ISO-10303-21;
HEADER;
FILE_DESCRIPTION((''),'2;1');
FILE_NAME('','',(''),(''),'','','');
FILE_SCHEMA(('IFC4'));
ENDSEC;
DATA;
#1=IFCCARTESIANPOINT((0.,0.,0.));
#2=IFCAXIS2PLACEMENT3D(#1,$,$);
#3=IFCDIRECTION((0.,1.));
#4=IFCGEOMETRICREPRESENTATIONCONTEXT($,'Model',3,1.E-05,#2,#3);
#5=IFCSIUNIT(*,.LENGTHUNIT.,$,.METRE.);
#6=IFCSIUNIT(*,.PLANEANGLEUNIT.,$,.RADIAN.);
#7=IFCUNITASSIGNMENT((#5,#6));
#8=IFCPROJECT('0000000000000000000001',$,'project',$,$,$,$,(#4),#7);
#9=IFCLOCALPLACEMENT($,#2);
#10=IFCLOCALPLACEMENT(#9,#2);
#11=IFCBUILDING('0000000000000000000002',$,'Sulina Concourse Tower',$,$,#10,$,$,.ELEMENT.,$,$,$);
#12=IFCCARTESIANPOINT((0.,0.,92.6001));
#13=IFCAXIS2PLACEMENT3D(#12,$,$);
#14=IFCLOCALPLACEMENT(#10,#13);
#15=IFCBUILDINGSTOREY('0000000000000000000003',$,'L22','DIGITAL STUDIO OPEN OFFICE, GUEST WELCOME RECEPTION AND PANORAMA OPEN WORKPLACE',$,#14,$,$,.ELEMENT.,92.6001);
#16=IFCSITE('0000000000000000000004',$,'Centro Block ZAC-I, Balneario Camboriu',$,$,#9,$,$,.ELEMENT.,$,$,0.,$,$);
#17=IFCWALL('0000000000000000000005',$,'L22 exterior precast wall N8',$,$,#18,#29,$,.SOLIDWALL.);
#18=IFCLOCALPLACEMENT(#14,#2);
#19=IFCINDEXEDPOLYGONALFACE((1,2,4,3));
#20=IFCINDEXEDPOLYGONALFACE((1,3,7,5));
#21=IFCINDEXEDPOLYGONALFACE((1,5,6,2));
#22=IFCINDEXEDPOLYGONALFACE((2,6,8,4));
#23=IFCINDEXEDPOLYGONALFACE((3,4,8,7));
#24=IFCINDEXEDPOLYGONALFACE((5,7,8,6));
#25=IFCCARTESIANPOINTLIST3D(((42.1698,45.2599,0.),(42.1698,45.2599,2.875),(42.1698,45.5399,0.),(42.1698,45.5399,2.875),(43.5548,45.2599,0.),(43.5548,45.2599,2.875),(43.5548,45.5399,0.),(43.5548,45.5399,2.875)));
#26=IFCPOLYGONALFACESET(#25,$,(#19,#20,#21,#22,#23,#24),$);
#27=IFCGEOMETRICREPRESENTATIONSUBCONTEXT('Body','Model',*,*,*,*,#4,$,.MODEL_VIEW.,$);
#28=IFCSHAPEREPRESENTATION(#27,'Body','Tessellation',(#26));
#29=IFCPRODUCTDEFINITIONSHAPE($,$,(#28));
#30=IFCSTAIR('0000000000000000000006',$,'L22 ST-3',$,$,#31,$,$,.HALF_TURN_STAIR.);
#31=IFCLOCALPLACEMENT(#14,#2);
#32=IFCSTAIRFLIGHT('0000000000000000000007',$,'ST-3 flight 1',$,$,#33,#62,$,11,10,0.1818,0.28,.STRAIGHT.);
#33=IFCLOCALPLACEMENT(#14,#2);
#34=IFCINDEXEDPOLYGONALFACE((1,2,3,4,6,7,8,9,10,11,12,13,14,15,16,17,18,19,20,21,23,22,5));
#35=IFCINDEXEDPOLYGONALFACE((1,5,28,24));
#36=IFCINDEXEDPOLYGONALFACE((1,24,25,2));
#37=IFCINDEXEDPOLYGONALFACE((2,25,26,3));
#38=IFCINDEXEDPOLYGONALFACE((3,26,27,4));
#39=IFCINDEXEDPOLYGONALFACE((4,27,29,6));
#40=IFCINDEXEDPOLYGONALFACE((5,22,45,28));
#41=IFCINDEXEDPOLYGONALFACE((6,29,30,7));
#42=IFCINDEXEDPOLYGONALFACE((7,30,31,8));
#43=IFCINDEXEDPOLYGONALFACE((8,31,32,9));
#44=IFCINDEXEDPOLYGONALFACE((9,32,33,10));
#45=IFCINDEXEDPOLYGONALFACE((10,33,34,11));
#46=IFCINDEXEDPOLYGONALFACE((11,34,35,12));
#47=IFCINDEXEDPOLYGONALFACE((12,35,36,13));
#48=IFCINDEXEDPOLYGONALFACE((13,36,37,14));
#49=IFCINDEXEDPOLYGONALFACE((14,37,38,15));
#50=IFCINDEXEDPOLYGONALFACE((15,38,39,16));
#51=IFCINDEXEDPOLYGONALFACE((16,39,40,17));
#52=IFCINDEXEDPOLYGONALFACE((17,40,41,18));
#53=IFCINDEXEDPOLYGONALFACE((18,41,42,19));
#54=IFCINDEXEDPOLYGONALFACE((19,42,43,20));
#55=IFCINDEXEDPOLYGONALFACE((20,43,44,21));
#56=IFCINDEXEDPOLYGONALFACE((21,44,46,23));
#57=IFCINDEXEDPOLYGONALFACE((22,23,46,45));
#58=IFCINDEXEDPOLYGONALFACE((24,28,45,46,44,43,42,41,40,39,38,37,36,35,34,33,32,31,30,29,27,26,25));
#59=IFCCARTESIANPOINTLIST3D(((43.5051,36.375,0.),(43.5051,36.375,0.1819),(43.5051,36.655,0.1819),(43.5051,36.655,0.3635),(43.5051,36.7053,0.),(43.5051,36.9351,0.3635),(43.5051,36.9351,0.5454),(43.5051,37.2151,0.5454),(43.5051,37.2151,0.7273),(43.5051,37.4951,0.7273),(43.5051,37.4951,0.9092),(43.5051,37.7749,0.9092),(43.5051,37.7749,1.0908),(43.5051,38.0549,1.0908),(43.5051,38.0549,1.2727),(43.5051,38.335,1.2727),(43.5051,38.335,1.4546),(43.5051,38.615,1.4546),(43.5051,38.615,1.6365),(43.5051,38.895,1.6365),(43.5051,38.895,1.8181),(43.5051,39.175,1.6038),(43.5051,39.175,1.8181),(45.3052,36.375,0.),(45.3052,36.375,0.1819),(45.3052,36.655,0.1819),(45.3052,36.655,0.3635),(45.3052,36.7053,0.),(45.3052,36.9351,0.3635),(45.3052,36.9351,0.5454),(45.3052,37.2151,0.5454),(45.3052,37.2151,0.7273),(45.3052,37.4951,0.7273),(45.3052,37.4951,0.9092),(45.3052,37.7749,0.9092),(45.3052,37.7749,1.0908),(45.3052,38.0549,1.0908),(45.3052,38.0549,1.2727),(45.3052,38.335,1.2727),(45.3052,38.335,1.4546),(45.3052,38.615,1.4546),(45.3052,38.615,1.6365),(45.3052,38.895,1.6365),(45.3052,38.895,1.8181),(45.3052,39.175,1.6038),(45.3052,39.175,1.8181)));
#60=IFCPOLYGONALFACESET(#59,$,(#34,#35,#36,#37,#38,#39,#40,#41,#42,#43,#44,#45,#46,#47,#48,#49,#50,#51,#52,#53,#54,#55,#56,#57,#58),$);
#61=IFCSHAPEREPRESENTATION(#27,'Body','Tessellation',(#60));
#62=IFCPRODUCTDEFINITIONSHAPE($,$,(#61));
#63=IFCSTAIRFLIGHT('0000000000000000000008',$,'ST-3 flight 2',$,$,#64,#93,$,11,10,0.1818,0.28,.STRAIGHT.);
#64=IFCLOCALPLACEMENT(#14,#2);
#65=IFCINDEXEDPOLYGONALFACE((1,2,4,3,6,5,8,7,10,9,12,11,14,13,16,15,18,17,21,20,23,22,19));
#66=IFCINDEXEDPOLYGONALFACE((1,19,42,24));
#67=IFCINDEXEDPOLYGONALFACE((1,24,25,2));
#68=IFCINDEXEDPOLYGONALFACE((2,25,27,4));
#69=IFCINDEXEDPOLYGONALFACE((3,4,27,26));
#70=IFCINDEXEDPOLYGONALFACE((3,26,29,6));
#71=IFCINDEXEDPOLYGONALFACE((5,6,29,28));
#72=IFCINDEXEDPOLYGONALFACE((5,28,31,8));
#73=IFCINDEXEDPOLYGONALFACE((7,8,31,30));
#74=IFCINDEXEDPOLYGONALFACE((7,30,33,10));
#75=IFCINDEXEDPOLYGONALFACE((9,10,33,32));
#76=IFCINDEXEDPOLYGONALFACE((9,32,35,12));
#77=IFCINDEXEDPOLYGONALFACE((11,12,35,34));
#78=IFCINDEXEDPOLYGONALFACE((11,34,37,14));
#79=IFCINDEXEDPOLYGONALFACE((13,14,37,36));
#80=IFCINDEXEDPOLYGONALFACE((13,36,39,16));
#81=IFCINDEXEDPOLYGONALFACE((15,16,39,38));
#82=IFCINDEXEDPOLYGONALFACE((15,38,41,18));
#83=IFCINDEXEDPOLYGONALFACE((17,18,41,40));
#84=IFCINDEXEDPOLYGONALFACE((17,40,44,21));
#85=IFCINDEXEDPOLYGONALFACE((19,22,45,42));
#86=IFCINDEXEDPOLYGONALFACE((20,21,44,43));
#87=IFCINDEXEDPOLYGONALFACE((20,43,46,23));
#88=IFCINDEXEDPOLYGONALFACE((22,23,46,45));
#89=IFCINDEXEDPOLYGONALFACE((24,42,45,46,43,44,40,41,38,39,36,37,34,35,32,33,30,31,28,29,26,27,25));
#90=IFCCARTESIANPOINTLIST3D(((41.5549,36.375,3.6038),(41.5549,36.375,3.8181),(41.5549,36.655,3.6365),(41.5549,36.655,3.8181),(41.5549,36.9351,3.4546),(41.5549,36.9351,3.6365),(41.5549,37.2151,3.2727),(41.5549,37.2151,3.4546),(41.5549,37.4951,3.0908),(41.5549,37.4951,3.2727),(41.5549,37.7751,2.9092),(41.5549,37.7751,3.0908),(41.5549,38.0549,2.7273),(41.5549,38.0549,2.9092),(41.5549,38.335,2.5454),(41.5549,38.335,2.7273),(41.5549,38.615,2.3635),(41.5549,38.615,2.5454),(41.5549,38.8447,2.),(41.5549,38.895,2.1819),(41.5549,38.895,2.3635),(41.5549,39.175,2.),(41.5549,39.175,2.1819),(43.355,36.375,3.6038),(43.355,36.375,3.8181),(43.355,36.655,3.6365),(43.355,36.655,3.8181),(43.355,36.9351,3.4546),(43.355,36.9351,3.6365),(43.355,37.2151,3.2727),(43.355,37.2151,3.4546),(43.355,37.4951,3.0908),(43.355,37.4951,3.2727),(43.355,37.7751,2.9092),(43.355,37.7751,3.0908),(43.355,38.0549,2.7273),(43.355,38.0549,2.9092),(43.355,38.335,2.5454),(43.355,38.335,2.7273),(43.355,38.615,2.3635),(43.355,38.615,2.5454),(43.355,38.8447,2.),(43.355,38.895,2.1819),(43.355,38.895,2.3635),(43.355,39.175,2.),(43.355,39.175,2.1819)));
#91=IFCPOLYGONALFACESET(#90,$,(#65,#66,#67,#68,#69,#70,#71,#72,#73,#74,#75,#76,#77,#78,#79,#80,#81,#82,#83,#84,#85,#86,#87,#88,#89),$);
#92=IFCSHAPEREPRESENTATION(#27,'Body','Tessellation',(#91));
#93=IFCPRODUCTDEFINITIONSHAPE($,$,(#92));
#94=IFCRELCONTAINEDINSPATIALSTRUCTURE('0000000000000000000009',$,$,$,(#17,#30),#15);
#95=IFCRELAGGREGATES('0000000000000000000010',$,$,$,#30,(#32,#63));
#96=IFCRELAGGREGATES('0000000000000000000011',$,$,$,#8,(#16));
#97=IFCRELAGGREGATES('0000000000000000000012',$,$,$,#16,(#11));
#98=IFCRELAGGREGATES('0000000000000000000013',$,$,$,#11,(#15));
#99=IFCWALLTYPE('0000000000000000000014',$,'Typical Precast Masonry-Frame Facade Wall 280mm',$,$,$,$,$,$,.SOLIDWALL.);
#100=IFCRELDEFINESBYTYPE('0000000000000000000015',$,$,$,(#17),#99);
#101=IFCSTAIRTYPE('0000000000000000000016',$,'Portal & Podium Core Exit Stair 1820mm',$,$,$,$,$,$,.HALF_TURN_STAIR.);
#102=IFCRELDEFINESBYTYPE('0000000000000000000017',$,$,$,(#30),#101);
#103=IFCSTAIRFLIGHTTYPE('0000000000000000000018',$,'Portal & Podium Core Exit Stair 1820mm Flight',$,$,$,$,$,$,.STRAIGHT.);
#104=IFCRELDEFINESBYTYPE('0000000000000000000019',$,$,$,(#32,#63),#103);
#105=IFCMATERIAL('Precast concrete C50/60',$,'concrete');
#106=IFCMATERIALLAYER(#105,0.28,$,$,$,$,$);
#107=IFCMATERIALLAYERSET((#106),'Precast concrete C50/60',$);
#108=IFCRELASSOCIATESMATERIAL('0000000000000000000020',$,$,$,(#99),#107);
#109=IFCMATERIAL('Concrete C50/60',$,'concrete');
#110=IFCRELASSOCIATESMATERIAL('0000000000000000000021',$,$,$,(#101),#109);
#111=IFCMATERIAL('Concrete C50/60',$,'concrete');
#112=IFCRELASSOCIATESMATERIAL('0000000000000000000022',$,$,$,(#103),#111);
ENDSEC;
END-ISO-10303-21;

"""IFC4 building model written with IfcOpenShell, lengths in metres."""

from ifc_helpers import new_model, si_unit, direction, frame, frame_2d, origin, place, context, subcontext, project, spatial, polyline, rectangle, outline, extrude, material, layer, layer_set, type_object, element, aggregate, save


model = new_model("IFC4")

# Units and contexts
model_context = context("Model", 3, precision=1e-05, world=origin(), true_north=direction((0.0, 1.0)))
body_context = subcontext(model_context, "Body", "Model", "MODEL_VIEW")
ifc_project = project(units=[si_unit("LENGTHUNIT", "METRE"), si_unit("PLANEANGLEUNIT", "RADIAN")], contexts=[model_context])

# Site, building, storey
site_placement = place(None, origin())
site = spatial("IfcSite", under=ifc_project, at=site_placement, Name="Centro Block ZAC-I, Balneario Camboriu", CompositionType="ELEMENT", RefElevation=0.0)
building_placement = place(site_placement, origin())
building = spatial("IfcBuilding", under=site, at=building_placement, Name="Sulina Concourse Tower", CompositionType="ELEMENT")
storey_placement = place(building_placement, frame((0.0, 0.0, 92.6001)))
storey = spatial("IfcBuildingStorey", under=building, at=storey_placement, Name="L22", Description="DIGITAL STUDIO OPEN OFFICE, GUEST WELCOME RECEPTION AND PANORAMA OPEN WORKPLACE", CompositionType="ELEMENT", Elevation=92.6001)

# Wall
ifc_material_1 = material(Name="Precast concrete C50/60", Category="concrete")
ifc_layer_1 = layer(ifc_material_1, 0.28)
ifc_layer_set_1 = layer_set([ifc_layer_1], Name="Precast concrete C50/60")
wall_type_1 = type_object("IfcWallType", Name="Typical Precast Masonry-Frame Facade Wall 280mm", PredefinedType="SOLIDWALL", material=ifc_layer_set_1)
wall_1_placement = place(storey_placement, frame((42.1699, 45.3999, 0.0), z_axis=(0.0, 0.0, 1.0), x_axis=(1.0, 0.0, 0.0)))
element("IfcWall", 1, at=wall_1_placement, inside=storey, type_object=wall_type_1, Name="L22 exterior precast wall N8", PredefinedType="SOLIDWALL", context=body_context, shape_type="SweptSolid", body=[
    extrude(rectangle(XDim=1.385, YDim=0.28, at=frame_2d((0.6924, 0.0))), origin(), (0.0, 0.0, 1.0), 2.875),
])

# Stair, stair flights
ifc_material_2 = material(Name="Concrete C50/60", Category="concrete")
stair_type = type_object("IfcStairType", Name="Portal & Podium Core Exit Stair 1820mm", PredefinedType="HALF_TURN_STAIR", material=ifc_material_2)
stair_placement = place(storey_placement, origin())
stair = element("IfcStair", 2, at=stair_placement, inside=storey, type_object=stair_type, Name="L22 ST-3", PredefinedType="HALF_TURN_STAIR")
ifc_material_3 = material(Name="Concrete C50/60", Category="concrete")
stair_flight_type = type_object("IfcStairFlightType", Name="Portal & Podium Core Exit Stair 1820mm Flight", PredefinedType="STRAIGHT", material=ifc_material_3)
stair_flight_1_placement = place(storey_placement, frame((44.405, 36.375, 0.0), z_axis=(0.0, 0.0, 1.0), x_axis=(0.0, 1.0, 0.0)))
stair_flight_1 = element("IfcStairFlight", 3, at=stair_flight_1_placement, type_object=stair_flight_type, Name="ST-3 flight 1", NumberOfRisers=11, NumberOfTreads=10, PredefinedType="STRAIGHT", RiserHeight=0.1818, TreadLength=0.28, context=body_context, shape_type="SweptSolid", body=[
    extrude(outline(polyline([(0.0, 0.0), (0.0, 0.1819), (0.28, 0.1819), (0.28, 0.3635), (0.5601, 0.3635), (0.5601, 0.5454), (0.8401, 0.5454), (0.8401, 0.7273), (1.1201, 0.7273), (1.1201, 0.9092), (1.3999, 0.9092), (1.3999, 1.0908), (1.6799, 1.0908), (1.6799, 1.2727), (1.96, 1.2727), (1.96, 1.4546), (2.24, 1.4546), (2.24, 1.6365), (2.52, 1.6365), (2.52, 1.8181), (2.8, 1.8181), (2.8, 2.0), (2.8, 1.6038), (0.3303, 0.0), (0.0, 0.0)])), frame((0.0, 0.8999, 0.0), z_axis=(0.0, -1.0, 0.0), x_axis=(1.0, 0.0, 0.0)), (0.0, 0.0, 1.0), 1.8),
])
stair_flight_2_placement = place(storey_placement, frame((42.4551, 39.175, 2.0), z_axis=(0.0, 0.0, 1.0), x_axis=(0.0, -1.0, 0.0)))
stair_flight_2 = element("IfcStairFlight", 4, at=stair_flight_2_placement, type_object=stair_flight_type, Name="ST-3 flight 2", NumberOfRisers=11, NumberOfTreads=10, PredefinedType="STRAIGHT", RiserHeight=0.1818, TreadLength=0.28, context=body_context, shape_type="SweptSolid", body=[
    extrude(outline(polyline([(0.0, 0.0), (0.0, 0.1819), (0.28, 0.1819), (0.28, 0.3635), (0.5601, 0.3635), (0.5601, 0.5454), (0.8401, 0.5454), (0.8401, 0.7273), (1.1201, 0.7273), (1.1201, 0.9092), (1.3999, 0.9092), (1.3999, 1.0908), (1.6799, 1.0908), (1.6799, 1.2727), (1.96, 1.2727), (1.96, 1.4546), (2.24, 1.4546), (2.24, 1.6365), (2.52, 1.6365), (2.52, 1.8181), (2.8, 1.8181), (2.8, 2.0), (2.8, 1.6038), (0.3303, 0.0), (0.0, 0.0)])), frame((0.0, 0.8999, 0.0), z_axis=(0.0, -1.0, 0.0), x_axis=(1.0, 0.0, 0.0)), (0.0, 0.0, 1.0), 1.8),
])
aggregate(stair, [stair_flight_1, stair_flight_2])

save(model, "model.ifc")
